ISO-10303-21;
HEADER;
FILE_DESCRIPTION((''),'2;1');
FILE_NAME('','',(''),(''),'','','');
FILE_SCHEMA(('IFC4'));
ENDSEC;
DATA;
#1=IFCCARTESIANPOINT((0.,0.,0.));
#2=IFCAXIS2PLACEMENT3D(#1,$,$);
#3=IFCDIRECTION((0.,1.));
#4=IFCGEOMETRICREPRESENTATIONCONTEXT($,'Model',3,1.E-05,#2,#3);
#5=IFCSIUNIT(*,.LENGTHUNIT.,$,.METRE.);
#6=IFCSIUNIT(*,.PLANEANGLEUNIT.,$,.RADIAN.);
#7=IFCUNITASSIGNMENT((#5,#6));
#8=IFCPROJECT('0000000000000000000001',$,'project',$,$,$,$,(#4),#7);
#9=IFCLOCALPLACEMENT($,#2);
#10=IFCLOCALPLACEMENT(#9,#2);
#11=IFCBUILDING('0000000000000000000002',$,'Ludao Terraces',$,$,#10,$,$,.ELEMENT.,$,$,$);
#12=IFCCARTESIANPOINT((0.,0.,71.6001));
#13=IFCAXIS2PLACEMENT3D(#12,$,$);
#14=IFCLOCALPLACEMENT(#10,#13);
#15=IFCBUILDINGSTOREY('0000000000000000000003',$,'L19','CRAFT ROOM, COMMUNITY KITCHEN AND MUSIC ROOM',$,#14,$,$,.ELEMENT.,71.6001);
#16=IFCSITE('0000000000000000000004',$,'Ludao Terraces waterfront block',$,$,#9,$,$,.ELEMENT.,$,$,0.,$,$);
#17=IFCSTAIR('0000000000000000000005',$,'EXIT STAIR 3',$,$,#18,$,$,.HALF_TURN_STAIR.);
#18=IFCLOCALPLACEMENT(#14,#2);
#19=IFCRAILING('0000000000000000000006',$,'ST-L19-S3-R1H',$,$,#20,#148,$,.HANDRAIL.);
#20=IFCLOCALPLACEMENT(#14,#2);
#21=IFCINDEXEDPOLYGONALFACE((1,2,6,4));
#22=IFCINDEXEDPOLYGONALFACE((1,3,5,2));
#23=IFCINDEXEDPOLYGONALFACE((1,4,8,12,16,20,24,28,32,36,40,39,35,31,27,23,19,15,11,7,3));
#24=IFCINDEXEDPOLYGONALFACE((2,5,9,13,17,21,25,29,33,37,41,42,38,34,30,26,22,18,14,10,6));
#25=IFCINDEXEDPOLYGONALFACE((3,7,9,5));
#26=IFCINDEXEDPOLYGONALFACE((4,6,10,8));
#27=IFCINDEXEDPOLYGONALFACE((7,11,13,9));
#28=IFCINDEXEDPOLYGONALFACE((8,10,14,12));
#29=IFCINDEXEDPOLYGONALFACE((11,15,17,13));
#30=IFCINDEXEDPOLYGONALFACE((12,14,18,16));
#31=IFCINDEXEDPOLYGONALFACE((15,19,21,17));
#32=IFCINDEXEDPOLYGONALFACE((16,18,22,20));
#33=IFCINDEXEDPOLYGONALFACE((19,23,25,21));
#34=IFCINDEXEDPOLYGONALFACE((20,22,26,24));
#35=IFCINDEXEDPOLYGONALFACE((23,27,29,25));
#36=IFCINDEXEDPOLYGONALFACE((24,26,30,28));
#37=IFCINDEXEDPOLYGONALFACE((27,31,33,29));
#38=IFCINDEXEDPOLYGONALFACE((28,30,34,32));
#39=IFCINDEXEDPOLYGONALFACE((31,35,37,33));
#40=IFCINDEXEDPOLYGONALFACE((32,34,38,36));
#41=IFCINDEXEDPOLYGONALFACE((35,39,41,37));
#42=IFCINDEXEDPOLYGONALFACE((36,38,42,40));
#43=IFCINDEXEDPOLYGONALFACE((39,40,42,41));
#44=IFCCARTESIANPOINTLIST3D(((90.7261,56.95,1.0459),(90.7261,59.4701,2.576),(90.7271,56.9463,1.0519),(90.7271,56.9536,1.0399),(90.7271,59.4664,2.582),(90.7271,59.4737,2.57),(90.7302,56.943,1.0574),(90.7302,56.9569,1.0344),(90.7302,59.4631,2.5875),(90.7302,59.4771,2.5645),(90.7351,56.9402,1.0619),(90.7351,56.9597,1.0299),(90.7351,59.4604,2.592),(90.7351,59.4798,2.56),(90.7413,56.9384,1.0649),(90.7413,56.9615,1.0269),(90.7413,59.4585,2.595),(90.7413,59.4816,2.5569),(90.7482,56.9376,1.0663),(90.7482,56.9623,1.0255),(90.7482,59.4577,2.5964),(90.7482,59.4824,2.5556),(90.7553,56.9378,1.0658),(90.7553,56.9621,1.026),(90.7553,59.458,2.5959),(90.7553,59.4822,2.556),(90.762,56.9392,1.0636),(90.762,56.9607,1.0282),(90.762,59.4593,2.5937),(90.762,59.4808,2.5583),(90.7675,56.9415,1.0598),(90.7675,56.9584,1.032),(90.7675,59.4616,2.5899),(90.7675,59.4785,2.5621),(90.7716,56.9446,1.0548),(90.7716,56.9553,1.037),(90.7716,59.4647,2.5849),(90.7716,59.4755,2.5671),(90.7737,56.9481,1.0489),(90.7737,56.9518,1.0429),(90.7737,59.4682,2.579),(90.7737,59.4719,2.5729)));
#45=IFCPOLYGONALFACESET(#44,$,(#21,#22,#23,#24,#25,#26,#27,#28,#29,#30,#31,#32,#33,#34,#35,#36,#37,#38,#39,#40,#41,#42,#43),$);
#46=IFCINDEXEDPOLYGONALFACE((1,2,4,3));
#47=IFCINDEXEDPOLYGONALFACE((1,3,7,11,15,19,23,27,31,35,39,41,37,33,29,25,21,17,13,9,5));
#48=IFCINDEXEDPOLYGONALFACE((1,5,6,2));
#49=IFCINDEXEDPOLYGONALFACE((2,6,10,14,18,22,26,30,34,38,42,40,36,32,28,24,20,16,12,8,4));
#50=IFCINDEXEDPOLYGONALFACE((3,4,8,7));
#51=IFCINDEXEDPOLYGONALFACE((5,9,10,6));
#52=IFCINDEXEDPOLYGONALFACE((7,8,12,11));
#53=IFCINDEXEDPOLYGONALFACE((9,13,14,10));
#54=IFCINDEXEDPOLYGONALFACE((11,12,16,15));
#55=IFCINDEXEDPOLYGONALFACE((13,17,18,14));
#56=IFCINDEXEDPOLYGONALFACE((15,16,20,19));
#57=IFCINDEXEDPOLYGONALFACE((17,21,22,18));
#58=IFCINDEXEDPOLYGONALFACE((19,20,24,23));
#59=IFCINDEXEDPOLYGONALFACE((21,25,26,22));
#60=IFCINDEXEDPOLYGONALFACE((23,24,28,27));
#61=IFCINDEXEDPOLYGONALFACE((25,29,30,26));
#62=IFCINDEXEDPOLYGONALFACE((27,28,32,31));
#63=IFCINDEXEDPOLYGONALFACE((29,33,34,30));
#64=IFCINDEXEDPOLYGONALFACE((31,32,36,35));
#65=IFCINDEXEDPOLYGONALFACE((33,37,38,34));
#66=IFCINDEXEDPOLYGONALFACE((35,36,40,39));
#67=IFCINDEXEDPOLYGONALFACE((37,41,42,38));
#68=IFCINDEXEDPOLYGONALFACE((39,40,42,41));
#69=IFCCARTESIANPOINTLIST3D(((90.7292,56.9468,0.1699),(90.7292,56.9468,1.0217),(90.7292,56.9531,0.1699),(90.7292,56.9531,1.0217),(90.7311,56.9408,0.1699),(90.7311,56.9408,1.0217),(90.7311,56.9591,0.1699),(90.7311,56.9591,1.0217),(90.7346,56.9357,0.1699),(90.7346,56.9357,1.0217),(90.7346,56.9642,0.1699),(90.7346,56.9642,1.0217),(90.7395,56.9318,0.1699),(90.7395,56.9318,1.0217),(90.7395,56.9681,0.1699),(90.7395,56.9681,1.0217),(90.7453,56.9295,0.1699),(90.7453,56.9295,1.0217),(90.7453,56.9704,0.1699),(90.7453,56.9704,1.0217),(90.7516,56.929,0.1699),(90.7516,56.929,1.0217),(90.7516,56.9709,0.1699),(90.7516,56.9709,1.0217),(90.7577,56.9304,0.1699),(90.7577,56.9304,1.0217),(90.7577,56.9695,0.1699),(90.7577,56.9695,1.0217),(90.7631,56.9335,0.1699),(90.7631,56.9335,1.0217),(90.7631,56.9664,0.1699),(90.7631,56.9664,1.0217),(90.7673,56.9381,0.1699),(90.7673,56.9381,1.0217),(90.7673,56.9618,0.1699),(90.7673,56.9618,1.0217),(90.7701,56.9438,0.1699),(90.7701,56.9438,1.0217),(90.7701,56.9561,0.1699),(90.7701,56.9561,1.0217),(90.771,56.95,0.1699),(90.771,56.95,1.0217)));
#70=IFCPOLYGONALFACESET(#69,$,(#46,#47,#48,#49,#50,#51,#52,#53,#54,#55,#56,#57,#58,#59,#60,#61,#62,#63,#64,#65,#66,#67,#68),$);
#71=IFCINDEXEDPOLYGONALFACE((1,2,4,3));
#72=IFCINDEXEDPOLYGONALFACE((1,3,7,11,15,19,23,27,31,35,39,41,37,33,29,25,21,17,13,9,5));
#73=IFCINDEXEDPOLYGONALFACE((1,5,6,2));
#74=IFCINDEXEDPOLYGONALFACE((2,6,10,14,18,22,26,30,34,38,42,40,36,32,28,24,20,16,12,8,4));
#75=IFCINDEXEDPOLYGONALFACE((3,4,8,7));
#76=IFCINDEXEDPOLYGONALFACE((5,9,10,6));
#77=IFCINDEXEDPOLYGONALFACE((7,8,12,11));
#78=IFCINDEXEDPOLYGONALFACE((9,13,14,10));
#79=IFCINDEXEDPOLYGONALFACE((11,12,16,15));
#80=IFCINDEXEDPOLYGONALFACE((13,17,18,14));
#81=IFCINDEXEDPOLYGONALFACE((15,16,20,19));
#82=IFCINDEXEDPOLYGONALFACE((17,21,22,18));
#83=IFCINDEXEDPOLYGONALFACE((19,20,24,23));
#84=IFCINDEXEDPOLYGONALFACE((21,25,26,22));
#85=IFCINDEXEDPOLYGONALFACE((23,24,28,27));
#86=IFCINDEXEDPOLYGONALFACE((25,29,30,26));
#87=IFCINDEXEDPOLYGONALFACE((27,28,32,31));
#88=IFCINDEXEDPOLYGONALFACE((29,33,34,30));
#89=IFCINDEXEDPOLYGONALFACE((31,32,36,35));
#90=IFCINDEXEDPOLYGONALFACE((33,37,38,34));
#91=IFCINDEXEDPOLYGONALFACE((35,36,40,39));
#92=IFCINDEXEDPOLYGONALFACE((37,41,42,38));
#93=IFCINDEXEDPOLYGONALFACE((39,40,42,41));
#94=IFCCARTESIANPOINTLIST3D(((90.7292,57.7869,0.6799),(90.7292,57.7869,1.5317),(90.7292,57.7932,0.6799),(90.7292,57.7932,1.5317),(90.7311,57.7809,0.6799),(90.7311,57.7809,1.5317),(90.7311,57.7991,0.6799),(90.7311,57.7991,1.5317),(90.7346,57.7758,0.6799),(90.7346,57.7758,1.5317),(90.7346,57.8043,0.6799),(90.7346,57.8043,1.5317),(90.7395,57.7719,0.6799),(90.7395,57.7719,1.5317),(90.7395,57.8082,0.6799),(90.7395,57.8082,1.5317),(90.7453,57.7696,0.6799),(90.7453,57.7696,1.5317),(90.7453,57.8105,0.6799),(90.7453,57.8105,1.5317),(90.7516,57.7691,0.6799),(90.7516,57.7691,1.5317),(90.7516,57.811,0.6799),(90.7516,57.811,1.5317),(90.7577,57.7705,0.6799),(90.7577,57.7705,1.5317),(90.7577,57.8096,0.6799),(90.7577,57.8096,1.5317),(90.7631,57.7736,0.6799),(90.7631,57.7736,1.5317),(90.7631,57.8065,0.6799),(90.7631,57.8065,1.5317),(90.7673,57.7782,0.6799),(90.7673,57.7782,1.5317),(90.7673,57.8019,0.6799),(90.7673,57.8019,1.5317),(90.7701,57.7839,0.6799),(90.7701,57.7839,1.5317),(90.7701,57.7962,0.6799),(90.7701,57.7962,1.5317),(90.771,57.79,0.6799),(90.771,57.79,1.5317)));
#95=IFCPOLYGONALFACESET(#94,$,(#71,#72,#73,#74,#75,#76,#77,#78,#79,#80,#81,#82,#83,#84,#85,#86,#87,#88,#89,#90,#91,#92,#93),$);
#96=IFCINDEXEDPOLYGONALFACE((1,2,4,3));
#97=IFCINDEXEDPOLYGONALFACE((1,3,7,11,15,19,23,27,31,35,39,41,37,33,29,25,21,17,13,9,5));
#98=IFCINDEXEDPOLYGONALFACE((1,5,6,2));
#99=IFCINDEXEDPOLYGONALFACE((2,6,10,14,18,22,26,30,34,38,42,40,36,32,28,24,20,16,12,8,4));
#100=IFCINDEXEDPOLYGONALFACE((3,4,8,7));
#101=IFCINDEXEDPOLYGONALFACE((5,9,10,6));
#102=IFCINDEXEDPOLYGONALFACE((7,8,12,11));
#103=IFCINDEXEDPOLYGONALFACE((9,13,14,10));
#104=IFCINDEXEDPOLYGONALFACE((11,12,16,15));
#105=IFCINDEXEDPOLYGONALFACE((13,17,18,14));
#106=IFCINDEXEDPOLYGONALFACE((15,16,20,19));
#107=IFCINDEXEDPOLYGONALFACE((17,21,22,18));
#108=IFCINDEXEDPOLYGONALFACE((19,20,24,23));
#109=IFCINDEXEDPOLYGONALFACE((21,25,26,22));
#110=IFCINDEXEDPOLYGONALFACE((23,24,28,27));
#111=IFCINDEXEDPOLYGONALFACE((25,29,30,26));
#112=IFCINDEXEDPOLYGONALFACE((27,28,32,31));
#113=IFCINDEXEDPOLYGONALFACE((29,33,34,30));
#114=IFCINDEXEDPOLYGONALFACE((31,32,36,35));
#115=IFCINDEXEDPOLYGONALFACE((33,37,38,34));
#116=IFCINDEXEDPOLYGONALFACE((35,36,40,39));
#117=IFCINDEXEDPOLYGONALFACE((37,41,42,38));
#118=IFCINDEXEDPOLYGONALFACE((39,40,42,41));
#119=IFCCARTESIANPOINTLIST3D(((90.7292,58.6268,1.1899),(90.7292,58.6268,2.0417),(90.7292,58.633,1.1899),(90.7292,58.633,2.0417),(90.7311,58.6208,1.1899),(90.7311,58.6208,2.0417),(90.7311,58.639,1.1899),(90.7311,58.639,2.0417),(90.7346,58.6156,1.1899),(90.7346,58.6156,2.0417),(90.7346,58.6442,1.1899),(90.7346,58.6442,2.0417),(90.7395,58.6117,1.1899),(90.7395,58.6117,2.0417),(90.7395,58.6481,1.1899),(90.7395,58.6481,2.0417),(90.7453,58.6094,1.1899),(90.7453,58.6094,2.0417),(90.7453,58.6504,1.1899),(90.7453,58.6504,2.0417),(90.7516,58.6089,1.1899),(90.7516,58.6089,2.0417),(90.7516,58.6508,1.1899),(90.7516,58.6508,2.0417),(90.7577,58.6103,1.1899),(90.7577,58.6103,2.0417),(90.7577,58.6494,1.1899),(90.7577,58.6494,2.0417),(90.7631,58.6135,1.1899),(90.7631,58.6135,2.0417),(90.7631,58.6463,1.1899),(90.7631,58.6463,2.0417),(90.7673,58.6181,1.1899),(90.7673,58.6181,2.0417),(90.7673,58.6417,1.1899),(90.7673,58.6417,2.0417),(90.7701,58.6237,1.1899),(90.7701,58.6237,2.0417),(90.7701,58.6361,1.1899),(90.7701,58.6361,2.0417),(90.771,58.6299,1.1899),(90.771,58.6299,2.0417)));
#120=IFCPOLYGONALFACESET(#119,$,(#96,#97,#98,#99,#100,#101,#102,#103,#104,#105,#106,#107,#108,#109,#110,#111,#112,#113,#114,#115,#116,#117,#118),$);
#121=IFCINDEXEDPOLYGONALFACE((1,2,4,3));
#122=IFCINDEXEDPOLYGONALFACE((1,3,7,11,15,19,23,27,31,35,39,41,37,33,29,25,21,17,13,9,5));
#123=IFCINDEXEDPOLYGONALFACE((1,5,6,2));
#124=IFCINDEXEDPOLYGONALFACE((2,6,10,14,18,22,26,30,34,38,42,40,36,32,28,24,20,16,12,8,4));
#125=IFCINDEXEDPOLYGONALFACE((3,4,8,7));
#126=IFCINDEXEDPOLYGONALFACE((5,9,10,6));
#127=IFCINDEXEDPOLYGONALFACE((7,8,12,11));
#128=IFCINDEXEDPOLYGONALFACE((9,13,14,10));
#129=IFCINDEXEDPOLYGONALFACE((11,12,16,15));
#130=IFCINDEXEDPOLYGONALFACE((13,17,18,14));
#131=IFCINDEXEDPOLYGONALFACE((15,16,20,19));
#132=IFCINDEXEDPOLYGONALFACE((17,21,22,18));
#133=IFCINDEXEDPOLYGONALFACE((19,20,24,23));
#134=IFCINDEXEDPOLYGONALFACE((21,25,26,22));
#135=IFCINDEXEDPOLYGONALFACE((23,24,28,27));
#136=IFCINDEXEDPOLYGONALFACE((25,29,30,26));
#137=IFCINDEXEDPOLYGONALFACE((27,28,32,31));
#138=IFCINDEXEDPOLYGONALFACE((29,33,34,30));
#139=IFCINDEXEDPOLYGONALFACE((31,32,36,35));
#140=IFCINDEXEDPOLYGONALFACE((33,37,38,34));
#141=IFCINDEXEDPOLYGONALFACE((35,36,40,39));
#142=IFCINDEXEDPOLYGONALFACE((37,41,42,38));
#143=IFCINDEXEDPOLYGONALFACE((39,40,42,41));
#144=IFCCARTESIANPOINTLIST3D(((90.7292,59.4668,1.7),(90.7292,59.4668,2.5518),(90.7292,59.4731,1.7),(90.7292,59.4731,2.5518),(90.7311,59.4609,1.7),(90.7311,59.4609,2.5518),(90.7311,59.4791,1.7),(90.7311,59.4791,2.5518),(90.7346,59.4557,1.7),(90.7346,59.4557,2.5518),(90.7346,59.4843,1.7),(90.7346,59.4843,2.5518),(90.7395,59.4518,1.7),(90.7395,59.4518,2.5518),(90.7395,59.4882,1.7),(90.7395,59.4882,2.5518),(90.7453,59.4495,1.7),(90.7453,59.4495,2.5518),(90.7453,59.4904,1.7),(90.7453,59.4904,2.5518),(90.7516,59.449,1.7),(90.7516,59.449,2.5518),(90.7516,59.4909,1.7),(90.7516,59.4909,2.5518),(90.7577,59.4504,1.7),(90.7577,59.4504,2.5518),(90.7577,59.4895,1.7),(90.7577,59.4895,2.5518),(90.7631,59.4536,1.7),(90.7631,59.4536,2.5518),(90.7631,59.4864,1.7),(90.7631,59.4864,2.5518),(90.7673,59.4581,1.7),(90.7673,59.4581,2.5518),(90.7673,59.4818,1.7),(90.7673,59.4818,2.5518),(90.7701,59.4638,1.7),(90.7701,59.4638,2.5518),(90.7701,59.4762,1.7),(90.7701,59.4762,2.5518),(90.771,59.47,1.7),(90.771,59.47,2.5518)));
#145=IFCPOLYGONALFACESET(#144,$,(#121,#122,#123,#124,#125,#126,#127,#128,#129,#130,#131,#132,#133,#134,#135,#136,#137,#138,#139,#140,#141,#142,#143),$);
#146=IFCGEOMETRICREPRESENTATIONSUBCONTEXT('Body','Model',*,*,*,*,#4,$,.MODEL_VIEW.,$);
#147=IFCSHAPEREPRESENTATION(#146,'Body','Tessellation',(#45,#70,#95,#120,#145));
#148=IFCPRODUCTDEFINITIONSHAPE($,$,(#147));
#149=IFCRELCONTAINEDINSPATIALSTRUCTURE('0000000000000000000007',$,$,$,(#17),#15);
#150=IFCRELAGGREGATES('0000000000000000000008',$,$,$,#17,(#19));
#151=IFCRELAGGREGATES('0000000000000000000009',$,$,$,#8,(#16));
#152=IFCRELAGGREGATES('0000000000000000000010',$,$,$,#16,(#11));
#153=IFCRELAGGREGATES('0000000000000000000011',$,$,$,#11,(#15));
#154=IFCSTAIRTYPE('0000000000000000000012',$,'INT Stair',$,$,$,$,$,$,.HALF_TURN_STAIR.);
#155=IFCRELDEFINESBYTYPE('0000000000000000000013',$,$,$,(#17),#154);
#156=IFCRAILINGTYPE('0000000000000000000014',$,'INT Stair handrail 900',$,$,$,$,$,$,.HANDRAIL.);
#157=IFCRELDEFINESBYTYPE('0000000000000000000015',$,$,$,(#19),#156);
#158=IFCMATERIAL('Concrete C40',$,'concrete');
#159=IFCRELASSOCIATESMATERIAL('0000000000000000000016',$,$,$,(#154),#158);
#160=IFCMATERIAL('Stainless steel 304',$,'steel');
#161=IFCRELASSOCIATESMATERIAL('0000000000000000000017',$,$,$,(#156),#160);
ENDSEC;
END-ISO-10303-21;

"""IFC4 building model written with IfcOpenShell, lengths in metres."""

from ifc_helpers import new_model, si_unit, direction, frame, origin, origin_2d, place, context, subcontext, project, spatial, circle, extrude, material, type_object, element, aggregate, save


model = new_model("IFC4")

# Units and contexts
model_context = context("Model", 3, precision=1e-05, world=origin(), true_north=direction((0.0, 1.0)))
body_context = subcontext(model_context, "Body", "Model", "MODEL_VIEW")
ifc_project = project(units=[si_unit("LENGTHUNIT", "METRE"), si_unit("PLANEANGLEUNIT", "RADIAN")], contexts=[model_context])

# Site, building, storey
site_placement = place(None, origin())
site = spatial("IfcSite", under=ifc_project, at=site_placement, Name="Ludao Terraces waterfront block", CompositionType="ELEMENT", RefElevation=0.0)
building_placement = place(site_placement, origin())
building = spatial("IfcBuilding", under=site, at=building_placement, Name="Ludao Terraces", CompositionType="ELEMENT")
storey_placement = place(building_placement, frame((0.0, 0.0, 71.6001)))
storey = spatial("IfcBuildingStorey", under=building, at=storey_placement, Name="L19", Description="CRAFT ROOM, COMMUNITY KITCHEN AND MUSIC ROOM", CompositionType="ELEMENT", Elevation=71.6001)

# Shared definitions
ifc_material_1 = material(Name="Concrete C40", Category="concrete")

# Stair, railing
stair_type = type_object("IfcStairType", Name="INT Stair", PredefinedType="HALF_TURN_STAIR", material=ifc_material_1)
stair_placement = place(storey_placement, origin())
stair = element("IfcStair", 1, at=stair_placement, inside=storey, type_object=stair_type, Name="EXIT STAIR 3", PredefinedType="HALF_TURN_STAIR")
ifc_material_2 = material(Name="Stainless steel 304", Category="steel")
railing_type_1 = type_object("IfcRailingType", Name="INT Stair handrail 900", PredefinedType="HANDRAIL", material=ifc_material_2)
railing_1_placement = place(storey_placement, frame((90.75, 56.95, 0.1699)))
railing_1 = element("IfcRailing", 2, at=railing_1_placement, type_object=railing_type_1, Name="ST-L19-S3-R1H", PredefinedType="HANDRAIL", context=body_context, shape_type="SweptSolid", body=[
    extrude(circle(Radius=0.0239, at=origin_2d()), frame((0.0, 0.0, 0.876), z_axis=(0.0, 0.854785, 0.518982), x_axis=(-1.0, 0.0, 0.0)), (0.0, 0.0, 1.0), 2.9482),
    extrude(circle(Radius=0.021, at=origin_2d()), origin(), (0.0, 0.0, 1.0), 0.8518),
    extrude(circle(Radius=0.021, at=origin_2d()), frame((0.0, 0.8401, 0.51)), (0.0, 0.0, 1.0), 0.8518),
    extrude(circle(Radius=0.021, at=origin_2d()), frame((0.0, 1.6799, 1.02)), (0.0, 0.0, 1.0), 0.8518),
    extrude(circle(Radius=0.021, at=origin_2d()), frame((0.0, 2.52, 1.53)), (0.0, 0.0, 1.0), 0.8518),
])
aggregate(stair, [railing_1])

save(model, "model.ifc")
